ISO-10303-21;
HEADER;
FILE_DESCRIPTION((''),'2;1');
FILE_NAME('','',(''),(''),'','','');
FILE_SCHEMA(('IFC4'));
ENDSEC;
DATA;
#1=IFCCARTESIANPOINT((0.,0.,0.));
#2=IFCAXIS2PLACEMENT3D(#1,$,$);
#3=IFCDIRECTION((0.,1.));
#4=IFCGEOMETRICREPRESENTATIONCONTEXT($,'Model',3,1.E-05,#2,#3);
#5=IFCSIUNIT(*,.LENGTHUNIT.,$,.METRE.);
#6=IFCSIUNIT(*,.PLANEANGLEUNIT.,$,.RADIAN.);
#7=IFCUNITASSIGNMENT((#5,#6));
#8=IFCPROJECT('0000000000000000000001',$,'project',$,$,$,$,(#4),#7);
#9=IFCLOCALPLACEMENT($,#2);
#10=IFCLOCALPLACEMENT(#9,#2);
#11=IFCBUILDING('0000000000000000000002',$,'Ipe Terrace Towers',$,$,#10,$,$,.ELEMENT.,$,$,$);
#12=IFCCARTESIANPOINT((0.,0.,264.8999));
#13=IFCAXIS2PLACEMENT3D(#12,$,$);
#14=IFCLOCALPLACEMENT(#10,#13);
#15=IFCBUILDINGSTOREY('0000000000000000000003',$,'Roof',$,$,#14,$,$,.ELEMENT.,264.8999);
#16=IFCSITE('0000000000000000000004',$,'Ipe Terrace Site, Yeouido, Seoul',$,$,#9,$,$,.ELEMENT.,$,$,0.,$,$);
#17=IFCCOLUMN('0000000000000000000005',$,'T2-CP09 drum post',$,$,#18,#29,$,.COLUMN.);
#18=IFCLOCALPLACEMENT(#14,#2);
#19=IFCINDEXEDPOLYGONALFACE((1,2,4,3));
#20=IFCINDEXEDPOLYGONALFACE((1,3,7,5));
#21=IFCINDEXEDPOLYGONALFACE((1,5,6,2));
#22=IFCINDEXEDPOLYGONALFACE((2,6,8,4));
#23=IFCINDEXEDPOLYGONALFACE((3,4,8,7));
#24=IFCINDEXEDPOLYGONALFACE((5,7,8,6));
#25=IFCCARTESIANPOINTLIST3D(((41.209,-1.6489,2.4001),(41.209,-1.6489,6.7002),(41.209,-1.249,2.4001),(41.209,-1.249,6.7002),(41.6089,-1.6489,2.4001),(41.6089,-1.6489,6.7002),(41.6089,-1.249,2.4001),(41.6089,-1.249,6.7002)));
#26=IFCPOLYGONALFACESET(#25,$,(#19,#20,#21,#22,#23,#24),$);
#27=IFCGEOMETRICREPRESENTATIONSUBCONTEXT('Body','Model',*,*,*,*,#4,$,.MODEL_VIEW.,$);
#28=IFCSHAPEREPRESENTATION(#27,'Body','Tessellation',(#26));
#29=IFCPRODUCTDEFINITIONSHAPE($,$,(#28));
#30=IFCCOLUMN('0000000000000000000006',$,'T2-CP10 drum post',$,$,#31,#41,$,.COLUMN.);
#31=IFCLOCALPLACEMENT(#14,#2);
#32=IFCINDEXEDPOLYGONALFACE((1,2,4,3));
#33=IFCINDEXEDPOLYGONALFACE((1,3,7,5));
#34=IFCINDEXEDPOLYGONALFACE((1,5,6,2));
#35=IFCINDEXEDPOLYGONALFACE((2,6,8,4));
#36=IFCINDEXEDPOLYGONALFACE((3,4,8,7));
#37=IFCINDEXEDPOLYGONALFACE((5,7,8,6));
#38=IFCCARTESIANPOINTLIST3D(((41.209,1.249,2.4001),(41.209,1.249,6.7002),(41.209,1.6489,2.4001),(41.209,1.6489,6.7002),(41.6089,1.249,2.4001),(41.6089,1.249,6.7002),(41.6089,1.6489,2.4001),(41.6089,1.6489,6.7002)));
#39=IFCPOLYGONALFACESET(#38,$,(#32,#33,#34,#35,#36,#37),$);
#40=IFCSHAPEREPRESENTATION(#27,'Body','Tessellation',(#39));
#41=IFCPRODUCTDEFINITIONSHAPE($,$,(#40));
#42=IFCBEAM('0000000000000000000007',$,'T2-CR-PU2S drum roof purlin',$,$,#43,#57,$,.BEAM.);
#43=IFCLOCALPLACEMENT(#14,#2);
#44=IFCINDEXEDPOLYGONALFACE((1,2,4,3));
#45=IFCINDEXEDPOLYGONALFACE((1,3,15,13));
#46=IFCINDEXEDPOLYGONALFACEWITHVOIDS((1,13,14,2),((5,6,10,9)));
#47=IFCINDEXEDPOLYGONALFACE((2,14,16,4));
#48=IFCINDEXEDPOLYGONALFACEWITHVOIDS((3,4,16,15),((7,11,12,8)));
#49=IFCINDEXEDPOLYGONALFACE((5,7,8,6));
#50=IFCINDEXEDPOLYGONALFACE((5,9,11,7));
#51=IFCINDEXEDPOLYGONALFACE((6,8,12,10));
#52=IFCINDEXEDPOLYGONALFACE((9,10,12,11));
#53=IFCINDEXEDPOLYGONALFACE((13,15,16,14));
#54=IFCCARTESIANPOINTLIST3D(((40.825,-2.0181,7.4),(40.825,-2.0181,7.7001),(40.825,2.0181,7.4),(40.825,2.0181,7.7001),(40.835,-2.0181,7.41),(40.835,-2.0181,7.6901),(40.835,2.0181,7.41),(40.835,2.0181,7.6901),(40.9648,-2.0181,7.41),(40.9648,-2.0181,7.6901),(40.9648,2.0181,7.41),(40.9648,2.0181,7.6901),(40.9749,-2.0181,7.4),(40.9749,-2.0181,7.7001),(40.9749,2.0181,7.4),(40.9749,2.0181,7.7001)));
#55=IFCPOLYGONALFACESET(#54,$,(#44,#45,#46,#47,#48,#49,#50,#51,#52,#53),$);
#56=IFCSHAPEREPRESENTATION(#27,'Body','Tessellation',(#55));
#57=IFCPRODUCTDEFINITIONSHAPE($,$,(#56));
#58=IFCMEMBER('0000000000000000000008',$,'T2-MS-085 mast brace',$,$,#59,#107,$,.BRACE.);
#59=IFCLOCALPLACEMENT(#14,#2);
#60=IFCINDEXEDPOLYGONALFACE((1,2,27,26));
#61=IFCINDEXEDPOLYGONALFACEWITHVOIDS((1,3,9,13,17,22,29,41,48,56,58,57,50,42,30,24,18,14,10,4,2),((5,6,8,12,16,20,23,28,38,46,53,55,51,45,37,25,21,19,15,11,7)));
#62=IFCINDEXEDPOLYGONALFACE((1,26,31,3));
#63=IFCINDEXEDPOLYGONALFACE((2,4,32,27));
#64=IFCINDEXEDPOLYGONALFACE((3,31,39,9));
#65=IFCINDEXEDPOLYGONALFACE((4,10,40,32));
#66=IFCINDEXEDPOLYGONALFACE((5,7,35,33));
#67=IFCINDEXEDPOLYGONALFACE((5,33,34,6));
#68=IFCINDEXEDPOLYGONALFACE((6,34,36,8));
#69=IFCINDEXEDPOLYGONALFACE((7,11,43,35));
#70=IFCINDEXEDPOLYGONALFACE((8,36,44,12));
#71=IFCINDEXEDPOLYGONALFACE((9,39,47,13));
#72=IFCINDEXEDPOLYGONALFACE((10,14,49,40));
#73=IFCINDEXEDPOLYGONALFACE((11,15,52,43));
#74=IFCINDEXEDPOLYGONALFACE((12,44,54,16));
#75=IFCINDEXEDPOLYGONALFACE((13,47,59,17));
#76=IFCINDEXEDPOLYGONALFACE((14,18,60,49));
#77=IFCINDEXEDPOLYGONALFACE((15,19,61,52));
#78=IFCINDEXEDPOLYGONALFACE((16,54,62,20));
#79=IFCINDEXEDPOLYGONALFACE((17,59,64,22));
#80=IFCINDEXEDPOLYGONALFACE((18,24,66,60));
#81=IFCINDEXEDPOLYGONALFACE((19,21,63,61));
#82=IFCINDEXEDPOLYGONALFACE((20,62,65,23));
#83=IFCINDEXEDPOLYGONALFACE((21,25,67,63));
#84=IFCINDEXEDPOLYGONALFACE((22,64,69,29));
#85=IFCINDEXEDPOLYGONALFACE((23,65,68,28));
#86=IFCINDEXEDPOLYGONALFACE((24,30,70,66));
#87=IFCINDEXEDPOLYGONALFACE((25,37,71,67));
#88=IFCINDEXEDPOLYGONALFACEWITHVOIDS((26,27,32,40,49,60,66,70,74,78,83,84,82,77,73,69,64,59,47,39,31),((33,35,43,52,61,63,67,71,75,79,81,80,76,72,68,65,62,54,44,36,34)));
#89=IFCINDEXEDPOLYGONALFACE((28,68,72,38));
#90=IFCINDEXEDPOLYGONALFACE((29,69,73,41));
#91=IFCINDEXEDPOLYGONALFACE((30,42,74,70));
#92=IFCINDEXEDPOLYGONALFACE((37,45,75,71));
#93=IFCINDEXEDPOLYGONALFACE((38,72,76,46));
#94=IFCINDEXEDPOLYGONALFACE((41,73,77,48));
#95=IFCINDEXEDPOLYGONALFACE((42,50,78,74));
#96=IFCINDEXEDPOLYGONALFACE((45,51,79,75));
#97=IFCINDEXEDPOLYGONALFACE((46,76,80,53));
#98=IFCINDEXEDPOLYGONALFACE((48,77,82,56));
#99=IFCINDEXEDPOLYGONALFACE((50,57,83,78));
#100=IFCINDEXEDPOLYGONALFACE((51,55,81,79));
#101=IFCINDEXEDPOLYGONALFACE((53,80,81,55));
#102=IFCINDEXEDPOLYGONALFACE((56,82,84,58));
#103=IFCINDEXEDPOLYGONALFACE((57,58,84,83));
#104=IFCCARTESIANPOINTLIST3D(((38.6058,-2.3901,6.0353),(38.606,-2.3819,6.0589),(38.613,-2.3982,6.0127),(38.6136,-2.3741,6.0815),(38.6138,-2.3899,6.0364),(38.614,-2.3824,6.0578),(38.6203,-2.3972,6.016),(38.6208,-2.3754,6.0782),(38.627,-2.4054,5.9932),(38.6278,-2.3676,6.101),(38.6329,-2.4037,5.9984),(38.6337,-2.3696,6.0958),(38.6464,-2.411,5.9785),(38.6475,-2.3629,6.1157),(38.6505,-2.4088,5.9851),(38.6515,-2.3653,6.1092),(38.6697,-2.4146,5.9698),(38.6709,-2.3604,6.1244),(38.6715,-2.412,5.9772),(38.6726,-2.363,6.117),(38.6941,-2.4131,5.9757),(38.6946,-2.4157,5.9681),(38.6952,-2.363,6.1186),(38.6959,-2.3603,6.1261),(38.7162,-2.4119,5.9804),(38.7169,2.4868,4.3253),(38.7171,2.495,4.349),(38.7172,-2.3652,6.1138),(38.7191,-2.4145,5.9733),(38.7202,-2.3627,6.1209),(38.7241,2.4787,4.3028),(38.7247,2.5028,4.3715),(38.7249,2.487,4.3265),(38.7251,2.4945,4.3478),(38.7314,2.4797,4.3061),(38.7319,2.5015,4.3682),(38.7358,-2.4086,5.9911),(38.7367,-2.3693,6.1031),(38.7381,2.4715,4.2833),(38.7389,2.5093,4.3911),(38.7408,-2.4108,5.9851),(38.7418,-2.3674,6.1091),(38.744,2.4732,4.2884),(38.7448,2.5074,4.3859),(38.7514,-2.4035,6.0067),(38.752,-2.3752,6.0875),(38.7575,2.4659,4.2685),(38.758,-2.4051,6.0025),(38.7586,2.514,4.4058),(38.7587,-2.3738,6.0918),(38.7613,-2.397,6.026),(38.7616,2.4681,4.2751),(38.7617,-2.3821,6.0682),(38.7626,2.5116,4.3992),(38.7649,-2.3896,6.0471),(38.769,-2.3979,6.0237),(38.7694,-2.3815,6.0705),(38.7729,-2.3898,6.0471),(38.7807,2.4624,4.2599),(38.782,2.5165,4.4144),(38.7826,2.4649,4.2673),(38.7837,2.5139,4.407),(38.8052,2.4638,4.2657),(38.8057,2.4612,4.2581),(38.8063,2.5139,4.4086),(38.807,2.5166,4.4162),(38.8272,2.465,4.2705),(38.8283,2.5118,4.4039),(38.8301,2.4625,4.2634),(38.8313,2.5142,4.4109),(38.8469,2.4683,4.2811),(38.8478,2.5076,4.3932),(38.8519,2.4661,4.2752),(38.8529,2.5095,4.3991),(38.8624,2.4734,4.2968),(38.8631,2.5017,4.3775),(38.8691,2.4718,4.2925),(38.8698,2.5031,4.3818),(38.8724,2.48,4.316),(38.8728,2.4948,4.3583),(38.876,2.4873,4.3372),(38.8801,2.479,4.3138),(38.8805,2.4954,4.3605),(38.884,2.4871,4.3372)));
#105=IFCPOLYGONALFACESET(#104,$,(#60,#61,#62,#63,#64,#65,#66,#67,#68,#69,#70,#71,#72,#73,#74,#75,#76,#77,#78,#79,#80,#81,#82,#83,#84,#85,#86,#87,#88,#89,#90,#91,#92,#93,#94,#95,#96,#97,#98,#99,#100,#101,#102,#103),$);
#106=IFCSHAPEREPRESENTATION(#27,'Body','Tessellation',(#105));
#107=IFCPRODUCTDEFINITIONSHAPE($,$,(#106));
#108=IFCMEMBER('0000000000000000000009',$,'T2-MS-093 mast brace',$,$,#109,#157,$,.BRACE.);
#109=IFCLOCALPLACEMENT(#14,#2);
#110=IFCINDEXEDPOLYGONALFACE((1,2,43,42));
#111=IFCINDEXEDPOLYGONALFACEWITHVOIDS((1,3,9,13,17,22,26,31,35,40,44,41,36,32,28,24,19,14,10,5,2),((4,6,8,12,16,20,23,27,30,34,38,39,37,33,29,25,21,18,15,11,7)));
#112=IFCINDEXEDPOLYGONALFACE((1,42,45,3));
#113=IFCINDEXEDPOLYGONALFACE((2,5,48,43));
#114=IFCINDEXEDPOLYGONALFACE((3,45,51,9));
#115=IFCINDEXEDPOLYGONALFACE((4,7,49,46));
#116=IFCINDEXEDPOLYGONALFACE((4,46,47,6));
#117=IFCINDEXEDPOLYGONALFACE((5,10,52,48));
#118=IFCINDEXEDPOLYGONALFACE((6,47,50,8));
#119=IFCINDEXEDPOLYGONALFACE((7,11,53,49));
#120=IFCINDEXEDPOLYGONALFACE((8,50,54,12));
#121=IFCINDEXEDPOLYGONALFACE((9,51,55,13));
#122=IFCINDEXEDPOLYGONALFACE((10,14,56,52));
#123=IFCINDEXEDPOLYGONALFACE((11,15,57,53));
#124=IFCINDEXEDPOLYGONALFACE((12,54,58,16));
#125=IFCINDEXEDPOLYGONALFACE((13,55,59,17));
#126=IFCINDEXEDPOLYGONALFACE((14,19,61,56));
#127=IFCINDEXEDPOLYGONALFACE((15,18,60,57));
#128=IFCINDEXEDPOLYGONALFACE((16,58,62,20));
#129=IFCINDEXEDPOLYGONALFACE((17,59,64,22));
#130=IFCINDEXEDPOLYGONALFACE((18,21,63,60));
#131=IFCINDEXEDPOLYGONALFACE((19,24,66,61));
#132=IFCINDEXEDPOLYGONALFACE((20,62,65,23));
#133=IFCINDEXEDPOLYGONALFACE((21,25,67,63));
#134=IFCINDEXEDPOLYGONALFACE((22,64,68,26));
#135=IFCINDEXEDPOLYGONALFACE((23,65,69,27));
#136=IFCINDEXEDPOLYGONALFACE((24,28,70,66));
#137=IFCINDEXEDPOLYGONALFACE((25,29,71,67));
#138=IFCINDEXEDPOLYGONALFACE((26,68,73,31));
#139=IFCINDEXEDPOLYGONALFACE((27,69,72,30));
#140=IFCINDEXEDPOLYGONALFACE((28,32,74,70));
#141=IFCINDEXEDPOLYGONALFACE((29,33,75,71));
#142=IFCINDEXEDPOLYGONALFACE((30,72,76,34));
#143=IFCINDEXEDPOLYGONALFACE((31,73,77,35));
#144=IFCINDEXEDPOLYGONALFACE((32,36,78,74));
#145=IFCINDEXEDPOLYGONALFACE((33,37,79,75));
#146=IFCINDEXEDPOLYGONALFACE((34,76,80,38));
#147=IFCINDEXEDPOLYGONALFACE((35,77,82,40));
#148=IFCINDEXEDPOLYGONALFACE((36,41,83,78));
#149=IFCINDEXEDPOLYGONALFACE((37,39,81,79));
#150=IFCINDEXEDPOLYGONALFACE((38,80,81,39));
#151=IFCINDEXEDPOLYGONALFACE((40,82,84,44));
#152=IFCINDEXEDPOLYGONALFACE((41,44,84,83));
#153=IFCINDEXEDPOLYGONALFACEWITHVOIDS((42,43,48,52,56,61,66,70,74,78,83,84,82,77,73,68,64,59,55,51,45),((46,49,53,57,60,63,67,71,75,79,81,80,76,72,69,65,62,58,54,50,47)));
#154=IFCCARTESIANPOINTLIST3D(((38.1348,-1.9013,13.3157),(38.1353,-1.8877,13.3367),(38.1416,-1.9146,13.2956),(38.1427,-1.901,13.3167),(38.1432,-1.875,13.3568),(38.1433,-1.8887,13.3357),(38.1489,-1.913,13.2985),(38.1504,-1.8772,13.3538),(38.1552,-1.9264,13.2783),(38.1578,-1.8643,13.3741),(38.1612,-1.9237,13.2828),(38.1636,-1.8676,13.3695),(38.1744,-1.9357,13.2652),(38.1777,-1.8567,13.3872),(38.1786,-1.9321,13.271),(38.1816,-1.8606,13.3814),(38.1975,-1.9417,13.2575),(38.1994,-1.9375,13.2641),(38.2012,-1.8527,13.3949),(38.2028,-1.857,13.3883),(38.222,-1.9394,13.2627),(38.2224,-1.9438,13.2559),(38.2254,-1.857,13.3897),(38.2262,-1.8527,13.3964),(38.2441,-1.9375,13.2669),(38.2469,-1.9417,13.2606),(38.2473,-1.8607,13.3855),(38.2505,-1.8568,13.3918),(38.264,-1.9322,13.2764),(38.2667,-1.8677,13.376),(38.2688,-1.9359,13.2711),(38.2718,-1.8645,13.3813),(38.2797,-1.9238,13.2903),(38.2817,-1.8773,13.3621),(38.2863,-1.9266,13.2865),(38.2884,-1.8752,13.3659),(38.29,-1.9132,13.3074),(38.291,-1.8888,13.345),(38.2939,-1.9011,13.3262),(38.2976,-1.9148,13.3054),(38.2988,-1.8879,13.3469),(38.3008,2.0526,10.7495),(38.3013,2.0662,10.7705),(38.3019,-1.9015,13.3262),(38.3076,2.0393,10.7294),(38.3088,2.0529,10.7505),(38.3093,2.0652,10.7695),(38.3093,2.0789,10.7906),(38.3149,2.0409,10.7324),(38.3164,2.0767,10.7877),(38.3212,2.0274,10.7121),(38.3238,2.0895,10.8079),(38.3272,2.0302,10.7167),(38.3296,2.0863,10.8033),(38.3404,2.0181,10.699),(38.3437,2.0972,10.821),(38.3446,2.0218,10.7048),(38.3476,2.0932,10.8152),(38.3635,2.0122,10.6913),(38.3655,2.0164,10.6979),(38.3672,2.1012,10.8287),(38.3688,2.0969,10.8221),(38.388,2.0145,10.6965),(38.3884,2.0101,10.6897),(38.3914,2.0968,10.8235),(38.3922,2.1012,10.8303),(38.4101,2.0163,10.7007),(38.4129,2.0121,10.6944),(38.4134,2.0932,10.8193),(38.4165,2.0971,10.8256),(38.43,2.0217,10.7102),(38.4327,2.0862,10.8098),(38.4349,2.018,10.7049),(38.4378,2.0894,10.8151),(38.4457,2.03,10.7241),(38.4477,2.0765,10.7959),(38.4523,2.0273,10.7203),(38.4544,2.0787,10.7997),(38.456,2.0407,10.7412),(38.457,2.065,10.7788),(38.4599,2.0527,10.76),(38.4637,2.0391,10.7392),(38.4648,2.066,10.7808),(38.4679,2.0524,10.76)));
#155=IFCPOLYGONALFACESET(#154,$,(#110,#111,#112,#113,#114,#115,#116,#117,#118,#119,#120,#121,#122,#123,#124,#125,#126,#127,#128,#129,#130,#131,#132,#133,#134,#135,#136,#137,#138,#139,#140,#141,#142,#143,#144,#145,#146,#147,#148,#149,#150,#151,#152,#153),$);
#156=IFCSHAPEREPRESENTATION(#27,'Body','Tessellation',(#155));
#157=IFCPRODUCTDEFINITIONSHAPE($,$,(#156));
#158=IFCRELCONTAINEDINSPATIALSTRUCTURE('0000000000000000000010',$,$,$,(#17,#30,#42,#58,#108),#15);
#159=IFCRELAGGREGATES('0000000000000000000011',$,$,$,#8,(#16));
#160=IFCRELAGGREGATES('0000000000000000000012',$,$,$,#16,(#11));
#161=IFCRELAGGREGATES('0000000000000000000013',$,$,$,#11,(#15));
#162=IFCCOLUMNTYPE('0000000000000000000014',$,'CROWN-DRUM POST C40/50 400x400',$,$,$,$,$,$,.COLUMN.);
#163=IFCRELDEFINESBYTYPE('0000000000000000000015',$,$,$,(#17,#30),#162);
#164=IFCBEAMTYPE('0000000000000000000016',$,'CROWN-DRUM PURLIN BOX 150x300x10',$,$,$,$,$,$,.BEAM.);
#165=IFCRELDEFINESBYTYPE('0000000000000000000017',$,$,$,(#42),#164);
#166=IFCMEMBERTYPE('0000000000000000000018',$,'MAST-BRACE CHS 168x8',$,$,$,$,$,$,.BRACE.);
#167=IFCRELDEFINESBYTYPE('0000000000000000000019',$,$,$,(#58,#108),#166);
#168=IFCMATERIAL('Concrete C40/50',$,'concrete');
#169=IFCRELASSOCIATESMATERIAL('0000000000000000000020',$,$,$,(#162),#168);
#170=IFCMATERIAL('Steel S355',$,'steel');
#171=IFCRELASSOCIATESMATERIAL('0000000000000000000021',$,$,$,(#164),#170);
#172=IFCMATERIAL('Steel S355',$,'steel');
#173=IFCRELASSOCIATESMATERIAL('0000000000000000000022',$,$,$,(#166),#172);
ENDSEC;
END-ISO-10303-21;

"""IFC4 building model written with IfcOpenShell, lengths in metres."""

from ifc_helpers import new_model, si_unit, direction, frame, origin, origin_2d, place, context, subcontext, project, spatial, rectangle, hollow_rectangle, hollow_circle, extrude, material, material_profile, profile_set, type_object, element, save


model = new_model("IFC4")

# Units and contexts
model_context = context("Model", 3, precision=1e-05, world=origin(), true_north=direction((0.0, 1.0)))
body_context = subcontext(model_context, "Body", "Model", "MODEL_VIEW")
ifc_project = project(units=[si_unit("LENGTHUNIT", "METRE"), si_unit("PLANEANGLEUNIT", "RADIAN")], contexts=[model_context])

# Site, building, storey
site_placement = place(None, origin())
site = spatial("IfcSite", under=ifc_project, at=site_placement, Name="Ipe Terrace Site, Yeouido, Seoul", CompositionType="ELEMENT", RefElevation=0.0)
building_placement = place(site_placement, origin())
building = spatial("IfcBuilding", under=site, at=building_placement, Name="Ipe Terrace Towers", CompositionType="ELEMENT")
storey_placement = place(building_placement, frame((0.0, 0.0, 264.8999)))
storey = spatial("IfcBuildingStorey", under=building, at=storey_placement, Name="Roof", CompositionType="ELEMENT", Elevation=264.8999)

# Columns
ifc_material_1 = material(Name="Concrete C40/50", Category="concrete")
ifc_material_profile_1 = material_profile(ifc_material_1, rectangle(XDim=0.3999, YDim=0.3999, at=origin_2d()), Name="CROWN-DRUM POST C40/50 400x400")
ifc_profile_set_1 = profile_set([ifc_material_profile_1], Name="Concrete C40/50")
column_type = type_object("IfcColumnType", Name="CROWN-DRUM POST C40/50 400x400", PredefinedType="COLUMN", material=ifc_profile_set_1)
for number, where, z_axis, x_axis, name in (
    (1, (41.4089, -1.449, 2.4001), (0.0, 0.0, 1.0), (1.0, 0.0, 0.0), "T2-CP09 drum post"),
    (2, (41.4089, 1.449, 2.4001), (0.0, 0.0, 1.0), (1.0, 0.0, 0.0), "T2-CP10 drum post"),
):
    element("IfcColumn", number, at=place(storey_placement, frame(where, z_axis=z_axis, x_axis=x_axis)), inside=storey, type_object=column_type, Name=name, PredefinedType="COLUMN", context=body_context, shape_type="SweptSolid", body=[
        extrude(rectangle(XDim=0.3999, YDim=0.3999, at=origin_2d()), origin(), (0.0, 0.0, 1.0), 4.3),
    ])

# Beam
ifc_material_2 = material(Name="Steel S355", Category="steel")
ifc_material_profile_2 = material_profile(ifc_material_2, hollow_rectangle(XDim=0.1499, YDim=0.3, WallThickness=0.01, at=origin_2d()), Name="CROWN-DRUM PURLIN BOX 150x300x10")
ifc_profile_set_2 = profile_set([ifc_material_profile_2], Name="Steel S355")
beam_type_1 = type_object("IfcBeamType", Name="CROWN-DRUM PURLIN BOX 150x300x10", PredefinedType="BEAM", material=ifc_profile_set_2)
beam_placement = place(storey_placement, frame((40.8999, -2.0181, 7.55), z_axis=(0.0, 1.0, 0.0), x_axis=(-1.0, 0.0, 0.0)))
element("IfcBeam", 3, at=beam_placement, inside=storey, type_object=beam_type_1, Name="T2-CR-PU2S drum roof purlin", PredefinedType="BEAM", context=body_context, shape_type="SweptSolid", body=[
    extrude(hollow_rectangle(XDim=0.1499, YDim=0.3, WallThickness=0.01, at=origin_2d()), origin(), (0.0, 0.0, 1.0), 4.0361),
])

# Members
ifc_material_3 = material(Name="Steel S355", Category="steel")
ifc_material_profile_3 = material_profile(ifc_material_3, hollow_circle(Radius=0.084, WallThickness=0.0081, at=origin_2d()), Name="MAST-BRACE CHS 168x8")
ifc_profile_set_3 = profile_set([ifc_material_profile_3], Name="Steel S355")
member_type_1 = type_object("IfcMemberType", Name="MAST-BRACE CHS 168x8", PredefinedType="BRACE", material=ifc_profile_set_3)
member_1_placement = place(storey_placement, frame((38.8, 2.489, 4.3372), z_axis=(-0.021489, -0.943458, 0.330796), x_axis=(0.999741, -0.022771, 0.0)))
element("IfcMember", 4, at=member_1_placement, inside=storey, type_object=member_type_1, Name="T2-MS-085 mast brace", PredefinedType="BRACE", context=body_context, shape_type="SweptSolid", body=[
    extrude(hollow_circle(Radius=0.084, WallThickness=0.0081, at=origin_2d()), origin(), (0.0, 0.0, 1.0), 5.1692),
])
for number, where, z_axis, x_axis, name in (
    (5, (38.384, 2.0559, 10.76), (-0.035199, -0.838296, 0.544077), (0.99912, -0.041951, 0.0), "T2-MS-093 mast brace"),
):
    element("IfcMember", number, at=place(storey_placement, frame(where, z_axis=z_axis, x_axis=x_axis)), inside=storey, type_object=member_type_1, Name=name, PredefinedType="BRACE", context=body_context, shape_type="SweptSolid", body=[
        extrude(hollow_circle(Radius=0.084, WallThickness=0.0081, at=origin_2d()), origin(), (0.0, 0.0, 1.0), 4.7166),
    ])

save(model, "model.ifc")
